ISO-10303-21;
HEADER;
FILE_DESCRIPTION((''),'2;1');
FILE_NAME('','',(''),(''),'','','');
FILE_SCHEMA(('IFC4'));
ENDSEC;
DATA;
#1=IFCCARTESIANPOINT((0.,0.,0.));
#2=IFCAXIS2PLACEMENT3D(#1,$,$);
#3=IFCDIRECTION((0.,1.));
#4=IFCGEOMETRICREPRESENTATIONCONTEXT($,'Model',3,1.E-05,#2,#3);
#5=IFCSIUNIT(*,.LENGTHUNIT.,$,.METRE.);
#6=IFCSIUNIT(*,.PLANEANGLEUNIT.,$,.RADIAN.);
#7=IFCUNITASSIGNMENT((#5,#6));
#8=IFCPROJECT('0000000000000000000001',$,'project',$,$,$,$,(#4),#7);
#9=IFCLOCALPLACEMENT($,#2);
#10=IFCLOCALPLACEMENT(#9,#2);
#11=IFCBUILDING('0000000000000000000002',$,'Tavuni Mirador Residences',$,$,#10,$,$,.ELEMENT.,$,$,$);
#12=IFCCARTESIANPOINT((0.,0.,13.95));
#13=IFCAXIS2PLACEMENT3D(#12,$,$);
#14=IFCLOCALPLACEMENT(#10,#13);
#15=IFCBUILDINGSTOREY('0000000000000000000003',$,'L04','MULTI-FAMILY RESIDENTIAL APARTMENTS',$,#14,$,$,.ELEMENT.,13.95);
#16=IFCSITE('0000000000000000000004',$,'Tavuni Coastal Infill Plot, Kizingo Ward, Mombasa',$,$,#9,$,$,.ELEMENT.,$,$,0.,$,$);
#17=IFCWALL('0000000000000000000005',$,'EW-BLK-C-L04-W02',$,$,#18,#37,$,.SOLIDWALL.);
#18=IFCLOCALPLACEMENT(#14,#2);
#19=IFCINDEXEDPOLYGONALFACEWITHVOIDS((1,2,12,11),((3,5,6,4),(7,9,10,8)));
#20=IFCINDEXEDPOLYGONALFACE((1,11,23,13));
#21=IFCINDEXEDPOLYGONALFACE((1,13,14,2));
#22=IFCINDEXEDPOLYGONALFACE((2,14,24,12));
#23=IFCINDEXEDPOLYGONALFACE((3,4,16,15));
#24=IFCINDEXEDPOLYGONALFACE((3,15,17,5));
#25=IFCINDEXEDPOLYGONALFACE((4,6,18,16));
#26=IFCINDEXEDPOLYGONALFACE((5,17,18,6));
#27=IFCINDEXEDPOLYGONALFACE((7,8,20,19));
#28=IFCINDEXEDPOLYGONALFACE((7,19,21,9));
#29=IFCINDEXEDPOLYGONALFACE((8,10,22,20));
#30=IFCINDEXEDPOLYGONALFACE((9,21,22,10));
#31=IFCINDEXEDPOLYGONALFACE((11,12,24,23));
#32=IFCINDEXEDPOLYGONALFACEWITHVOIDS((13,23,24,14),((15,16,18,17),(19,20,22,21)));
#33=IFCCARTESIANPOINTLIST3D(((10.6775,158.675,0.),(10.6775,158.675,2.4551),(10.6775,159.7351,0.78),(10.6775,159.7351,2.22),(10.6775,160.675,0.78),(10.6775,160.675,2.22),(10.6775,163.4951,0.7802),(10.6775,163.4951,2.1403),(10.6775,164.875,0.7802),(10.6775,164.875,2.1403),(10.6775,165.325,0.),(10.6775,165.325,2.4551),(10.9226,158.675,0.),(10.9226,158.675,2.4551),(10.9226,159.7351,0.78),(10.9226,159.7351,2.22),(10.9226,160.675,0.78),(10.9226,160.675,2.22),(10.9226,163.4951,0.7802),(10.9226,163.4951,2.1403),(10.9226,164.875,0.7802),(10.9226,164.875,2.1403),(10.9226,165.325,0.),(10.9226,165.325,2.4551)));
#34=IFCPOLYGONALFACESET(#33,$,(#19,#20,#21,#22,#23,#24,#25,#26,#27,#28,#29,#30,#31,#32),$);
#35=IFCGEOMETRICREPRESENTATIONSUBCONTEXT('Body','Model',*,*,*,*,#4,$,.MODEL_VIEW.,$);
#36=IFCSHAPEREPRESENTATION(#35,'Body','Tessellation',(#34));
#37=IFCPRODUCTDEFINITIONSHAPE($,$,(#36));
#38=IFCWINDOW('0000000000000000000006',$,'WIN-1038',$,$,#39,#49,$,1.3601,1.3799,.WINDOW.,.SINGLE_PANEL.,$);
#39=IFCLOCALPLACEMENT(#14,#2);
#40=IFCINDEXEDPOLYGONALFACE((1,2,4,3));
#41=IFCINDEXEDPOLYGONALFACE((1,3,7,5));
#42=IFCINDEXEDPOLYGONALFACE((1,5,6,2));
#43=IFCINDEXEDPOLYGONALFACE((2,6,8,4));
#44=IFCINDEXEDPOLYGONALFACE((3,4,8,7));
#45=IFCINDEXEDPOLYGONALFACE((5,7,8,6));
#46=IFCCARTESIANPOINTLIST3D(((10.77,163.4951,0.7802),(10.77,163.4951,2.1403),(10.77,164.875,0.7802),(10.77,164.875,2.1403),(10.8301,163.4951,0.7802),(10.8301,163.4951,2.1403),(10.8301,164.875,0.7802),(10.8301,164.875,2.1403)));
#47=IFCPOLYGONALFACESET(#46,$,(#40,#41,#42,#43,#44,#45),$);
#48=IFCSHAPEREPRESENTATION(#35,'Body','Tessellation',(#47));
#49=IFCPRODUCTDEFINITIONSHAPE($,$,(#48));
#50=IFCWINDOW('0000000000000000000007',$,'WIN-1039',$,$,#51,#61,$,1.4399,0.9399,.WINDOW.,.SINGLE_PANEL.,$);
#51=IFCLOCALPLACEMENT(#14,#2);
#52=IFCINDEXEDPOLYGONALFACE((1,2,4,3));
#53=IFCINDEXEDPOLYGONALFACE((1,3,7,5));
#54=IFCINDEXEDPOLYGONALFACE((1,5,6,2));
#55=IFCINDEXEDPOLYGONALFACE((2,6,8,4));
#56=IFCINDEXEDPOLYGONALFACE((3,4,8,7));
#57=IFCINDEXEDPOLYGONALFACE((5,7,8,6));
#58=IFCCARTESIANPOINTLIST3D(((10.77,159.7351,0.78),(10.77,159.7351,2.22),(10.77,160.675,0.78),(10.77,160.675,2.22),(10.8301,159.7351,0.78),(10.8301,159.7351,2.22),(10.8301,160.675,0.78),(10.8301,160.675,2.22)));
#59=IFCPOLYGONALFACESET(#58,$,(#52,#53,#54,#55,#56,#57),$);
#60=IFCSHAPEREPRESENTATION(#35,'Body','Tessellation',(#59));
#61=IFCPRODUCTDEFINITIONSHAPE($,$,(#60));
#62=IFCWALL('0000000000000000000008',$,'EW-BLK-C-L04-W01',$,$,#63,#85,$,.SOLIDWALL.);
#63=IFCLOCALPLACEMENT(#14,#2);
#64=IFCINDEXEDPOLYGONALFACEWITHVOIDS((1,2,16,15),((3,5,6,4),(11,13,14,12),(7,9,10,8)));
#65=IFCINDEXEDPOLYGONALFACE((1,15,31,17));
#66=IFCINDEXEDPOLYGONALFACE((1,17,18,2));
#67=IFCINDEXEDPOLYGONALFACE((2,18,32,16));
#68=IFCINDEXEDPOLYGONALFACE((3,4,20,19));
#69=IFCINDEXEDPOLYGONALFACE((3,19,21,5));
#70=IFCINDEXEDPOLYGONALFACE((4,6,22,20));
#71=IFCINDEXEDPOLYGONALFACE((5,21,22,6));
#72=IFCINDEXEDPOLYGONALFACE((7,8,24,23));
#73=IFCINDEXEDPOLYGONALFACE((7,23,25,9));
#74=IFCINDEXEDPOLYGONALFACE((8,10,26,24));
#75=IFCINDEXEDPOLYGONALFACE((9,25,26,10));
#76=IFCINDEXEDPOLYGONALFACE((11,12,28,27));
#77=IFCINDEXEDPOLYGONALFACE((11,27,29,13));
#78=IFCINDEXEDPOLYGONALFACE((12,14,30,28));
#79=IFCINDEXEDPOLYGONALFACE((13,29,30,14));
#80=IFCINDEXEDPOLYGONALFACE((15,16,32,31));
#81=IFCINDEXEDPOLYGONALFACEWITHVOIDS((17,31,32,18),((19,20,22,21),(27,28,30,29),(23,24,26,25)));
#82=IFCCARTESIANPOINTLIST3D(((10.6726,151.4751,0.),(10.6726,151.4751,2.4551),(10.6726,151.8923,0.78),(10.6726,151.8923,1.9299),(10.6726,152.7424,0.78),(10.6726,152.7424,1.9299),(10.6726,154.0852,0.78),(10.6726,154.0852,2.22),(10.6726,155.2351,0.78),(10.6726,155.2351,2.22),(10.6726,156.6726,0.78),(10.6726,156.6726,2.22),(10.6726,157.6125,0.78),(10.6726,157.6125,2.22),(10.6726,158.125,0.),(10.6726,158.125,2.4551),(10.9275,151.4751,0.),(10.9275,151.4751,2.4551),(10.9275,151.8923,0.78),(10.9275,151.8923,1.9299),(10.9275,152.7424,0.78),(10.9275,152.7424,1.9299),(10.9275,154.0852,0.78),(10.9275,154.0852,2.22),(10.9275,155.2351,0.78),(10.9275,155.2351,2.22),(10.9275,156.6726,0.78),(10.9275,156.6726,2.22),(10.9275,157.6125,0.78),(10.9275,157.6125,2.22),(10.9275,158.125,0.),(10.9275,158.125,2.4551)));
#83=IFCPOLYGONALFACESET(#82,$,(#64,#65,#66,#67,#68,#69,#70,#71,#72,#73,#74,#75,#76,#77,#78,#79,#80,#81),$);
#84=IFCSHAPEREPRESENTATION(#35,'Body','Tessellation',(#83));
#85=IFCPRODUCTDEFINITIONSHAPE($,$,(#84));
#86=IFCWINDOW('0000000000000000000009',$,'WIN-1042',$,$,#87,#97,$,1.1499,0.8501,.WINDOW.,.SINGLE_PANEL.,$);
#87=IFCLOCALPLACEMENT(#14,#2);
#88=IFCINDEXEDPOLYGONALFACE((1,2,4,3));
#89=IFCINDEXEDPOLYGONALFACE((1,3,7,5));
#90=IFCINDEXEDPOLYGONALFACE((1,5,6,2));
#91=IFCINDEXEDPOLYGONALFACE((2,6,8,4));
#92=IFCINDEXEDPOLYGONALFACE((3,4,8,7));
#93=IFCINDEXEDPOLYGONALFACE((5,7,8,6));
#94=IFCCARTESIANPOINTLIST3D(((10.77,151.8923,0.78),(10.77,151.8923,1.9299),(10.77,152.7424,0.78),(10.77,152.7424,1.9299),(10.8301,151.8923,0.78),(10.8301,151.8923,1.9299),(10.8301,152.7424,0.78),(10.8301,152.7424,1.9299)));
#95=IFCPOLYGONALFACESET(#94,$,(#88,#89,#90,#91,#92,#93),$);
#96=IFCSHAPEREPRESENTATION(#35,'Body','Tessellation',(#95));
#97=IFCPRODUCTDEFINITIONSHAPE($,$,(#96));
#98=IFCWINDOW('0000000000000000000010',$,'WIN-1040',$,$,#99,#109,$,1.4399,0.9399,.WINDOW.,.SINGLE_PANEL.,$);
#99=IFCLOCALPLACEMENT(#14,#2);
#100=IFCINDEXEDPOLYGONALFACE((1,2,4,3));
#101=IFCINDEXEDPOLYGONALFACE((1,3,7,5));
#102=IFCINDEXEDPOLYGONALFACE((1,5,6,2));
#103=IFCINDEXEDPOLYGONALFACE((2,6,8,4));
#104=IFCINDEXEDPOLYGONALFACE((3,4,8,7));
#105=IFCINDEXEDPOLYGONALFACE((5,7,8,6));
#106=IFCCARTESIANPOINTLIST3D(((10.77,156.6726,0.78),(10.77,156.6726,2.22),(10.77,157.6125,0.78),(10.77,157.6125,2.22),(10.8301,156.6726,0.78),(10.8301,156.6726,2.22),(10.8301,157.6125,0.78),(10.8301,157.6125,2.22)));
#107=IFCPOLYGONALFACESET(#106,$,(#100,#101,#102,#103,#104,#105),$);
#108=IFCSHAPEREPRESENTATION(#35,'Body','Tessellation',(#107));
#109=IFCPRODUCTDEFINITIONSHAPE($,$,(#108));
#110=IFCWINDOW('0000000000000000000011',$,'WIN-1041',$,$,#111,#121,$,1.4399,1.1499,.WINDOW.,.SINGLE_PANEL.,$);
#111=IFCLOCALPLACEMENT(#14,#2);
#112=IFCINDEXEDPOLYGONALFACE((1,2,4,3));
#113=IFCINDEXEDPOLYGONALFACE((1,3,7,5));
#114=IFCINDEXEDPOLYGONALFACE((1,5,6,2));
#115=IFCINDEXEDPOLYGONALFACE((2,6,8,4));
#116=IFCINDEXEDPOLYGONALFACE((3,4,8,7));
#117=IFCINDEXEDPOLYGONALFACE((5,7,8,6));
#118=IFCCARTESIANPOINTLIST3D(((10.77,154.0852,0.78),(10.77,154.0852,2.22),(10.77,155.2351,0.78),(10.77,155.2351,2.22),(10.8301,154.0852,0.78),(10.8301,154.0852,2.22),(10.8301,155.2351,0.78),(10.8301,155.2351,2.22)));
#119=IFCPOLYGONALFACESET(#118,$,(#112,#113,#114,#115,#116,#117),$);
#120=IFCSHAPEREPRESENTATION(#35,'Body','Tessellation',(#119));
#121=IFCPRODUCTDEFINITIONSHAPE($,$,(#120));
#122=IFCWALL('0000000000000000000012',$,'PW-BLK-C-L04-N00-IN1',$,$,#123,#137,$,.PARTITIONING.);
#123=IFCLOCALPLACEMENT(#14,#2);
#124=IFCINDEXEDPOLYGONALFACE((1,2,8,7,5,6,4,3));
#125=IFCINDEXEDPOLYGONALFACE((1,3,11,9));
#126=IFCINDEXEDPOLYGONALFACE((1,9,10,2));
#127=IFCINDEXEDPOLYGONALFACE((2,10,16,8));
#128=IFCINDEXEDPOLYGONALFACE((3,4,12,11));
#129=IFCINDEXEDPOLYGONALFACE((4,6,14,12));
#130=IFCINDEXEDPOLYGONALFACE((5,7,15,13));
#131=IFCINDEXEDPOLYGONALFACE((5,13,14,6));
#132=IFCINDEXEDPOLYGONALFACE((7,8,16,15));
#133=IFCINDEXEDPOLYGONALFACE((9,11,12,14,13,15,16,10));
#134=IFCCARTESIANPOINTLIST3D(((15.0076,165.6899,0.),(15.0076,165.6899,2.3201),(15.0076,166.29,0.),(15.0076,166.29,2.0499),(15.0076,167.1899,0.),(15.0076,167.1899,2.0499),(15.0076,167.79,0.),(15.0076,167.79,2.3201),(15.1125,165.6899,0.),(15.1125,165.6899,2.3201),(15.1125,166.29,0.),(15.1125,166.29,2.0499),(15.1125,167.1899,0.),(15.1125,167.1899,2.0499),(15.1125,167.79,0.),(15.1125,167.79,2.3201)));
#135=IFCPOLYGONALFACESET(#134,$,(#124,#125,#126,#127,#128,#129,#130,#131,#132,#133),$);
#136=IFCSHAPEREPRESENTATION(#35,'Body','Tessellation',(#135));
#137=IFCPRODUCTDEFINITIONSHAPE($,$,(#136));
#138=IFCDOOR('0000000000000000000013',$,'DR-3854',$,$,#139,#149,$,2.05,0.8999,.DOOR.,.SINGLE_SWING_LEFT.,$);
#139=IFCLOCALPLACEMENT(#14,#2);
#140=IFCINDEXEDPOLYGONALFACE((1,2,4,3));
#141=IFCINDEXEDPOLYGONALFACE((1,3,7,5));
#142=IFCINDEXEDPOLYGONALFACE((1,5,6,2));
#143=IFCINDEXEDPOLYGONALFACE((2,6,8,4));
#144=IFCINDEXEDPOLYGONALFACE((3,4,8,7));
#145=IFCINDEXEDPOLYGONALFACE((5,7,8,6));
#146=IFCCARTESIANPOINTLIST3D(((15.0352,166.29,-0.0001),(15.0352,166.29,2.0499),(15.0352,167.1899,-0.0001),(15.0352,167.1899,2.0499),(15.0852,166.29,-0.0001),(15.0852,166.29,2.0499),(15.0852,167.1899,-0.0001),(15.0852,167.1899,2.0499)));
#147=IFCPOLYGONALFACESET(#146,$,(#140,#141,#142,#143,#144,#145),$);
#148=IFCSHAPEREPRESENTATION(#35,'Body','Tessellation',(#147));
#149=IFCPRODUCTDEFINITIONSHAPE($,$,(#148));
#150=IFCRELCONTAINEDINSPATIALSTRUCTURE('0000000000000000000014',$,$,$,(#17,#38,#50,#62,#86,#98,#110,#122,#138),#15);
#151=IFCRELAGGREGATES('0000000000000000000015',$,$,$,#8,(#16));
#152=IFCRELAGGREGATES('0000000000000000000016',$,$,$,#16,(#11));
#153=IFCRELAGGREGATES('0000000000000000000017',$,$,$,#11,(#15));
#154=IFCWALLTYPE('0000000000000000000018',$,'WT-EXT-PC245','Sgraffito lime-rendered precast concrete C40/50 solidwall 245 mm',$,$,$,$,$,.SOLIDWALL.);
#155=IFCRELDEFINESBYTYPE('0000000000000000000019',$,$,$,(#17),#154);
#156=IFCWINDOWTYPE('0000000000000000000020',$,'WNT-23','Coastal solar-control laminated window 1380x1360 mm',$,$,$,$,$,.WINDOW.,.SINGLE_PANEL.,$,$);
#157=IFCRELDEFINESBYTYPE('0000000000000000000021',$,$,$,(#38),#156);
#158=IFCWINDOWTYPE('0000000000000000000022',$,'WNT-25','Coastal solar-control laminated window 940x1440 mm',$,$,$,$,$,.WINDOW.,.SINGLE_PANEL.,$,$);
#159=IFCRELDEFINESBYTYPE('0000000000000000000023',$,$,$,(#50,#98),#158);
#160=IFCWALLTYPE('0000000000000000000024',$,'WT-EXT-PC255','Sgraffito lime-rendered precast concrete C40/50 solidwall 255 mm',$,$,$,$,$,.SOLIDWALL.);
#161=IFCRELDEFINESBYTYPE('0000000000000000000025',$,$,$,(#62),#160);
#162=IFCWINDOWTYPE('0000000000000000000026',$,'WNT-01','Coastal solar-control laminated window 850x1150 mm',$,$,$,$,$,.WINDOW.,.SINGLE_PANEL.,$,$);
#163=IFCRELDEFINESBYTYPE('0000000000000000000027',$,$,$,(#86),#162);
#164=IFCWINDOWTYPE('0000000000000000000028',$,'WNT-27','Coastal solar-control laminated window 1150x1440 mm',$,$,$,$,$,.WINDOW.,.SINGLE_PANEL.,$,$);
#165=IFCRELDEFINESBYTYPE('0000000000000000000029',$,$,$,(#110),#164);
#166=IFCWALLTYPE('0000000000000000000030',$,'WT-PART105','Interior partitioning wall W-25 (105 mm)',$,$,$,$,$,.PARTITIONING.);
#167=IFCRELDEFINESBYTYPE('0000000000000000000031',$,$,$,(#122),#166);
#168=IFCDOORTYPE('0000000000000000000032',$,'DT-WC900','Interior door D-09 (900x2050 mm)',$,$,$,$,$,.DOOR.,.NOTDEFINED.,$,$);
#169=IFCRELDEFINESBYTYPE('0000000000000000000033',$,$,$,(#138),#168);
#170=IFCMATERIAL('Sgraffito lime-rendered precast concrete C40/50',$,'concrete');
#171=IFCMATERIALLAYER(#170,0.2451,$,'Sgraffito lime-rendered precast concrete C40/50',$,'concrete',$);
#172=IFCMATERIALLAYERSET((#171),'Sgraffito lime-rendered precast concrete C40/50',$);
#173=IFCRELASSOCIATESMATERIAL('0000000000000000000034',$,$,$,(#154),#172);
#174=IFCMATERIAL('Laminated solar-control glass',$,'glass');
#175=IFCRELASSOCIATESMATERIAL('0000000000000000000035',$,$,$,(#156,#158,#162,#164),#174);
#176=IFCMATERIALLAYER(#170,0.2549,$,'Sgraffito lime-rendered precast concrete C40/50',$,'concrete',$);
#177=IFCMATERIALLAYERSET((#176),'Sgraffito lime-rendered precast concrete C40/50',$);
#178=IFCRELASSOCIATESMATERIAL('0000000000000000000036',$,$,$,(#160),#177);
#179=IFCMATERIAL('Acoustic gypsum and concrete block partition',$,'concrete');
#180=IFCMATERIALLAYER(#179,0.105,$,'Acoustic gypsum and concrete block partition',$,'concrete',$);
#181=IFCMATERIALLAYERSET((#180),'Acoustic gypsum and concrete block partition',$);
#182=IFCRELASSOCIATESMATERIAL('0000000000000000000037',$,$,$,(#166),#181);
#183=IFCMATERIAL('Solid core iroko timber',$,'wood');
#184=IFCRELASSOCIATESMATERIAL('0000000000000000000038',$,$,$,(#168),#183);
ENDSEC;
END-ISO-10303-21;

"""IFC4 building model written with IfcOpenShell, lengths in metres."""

from ifc_helpers import new_model, si_unit, direction, frame, frame_2d, origin, place, context, subcontext, project, spatial, rectangle, extrude, material, layer, layer_set, type_object, element, fill, save


model = new_model("IFC4")

# Units and contexts
model_context = context("Model", 3, precision=1e-05, world=origin(), true_north=direction((0.0, 1.0)))
body_context = subcontext(model_context, "Body", "Model", "MODEL_VIEW")
ifc_project = project(units=[si_unit("LENGTHUNIT", "METRE"), si_unit("PLANEANGLEUNIT", "RADIAN")], contexts=[model_context])

# Site, building, storey
site_placement = place(None, origin())
site = spatial("IfcSite", under=ifc_project, at=site_placement, Name="Tavuni Coastal Infill Plot, Kizingo Ward, Mombasa", CompositionType="ELEMENT", RefElevation=0.0)
building_placement = place(site_placement, origin())
building = spatial("IfcBuilding", under=site, at=building_placement, Name="Tavuni Mirador Residences", CompositionType="ELEMENT")
storey_placement = place(building_placement, frame((0.0, 0.0, 13.95)))
storey = spatial("IfcBuildingStorey", under=building, at=storey_placement, Name="L04", Description="MULTI-FAMILY RESIDENTIAL APARTMENTS", CompositionType="ELEMENT", Elevation=13.95)

# Shared definitions
ifc_material_1 = material(Name="Solid core iroko timber", Category="wood")

# Walls, openings, windows
ifc_material_2 = material(Name="Sgraffito lime-rendered precast concrete C40/50", Category="concrete")
ifc_layer_1 = layer(ifc_material_2, 0.2451, Name="Sgraffito lime-rendered precast concrete C40/50", Category="concrete")
ifc_layer_set_1 = layer_set([ifc_layer_1], Name="Sgraffito lime-rendered precast concrete C40/50")
wall_type_1 = type_object("IfcWallType", Name="WT-EXT-PC245", Description="Sgraffito lime-rendered precast concrete C40/50 solidwall 245 mm", PredefinedType="SOLIDWALL", material=ifc_layer_set_1)
wall_1_placement = place(storey_placement, frame((10.8, 165.325, 0.0), z_axis=(0.0, 0.0, 1.0), x_axis=(0.0, -1.0, 0.0)))
wall_1 = element("IfcWall", 1, at=wall_1_placement, inside=storey, type_object=wall_type_1, Name="EW-BLK-C-L04-W02", PredefinedType="SOLIDWALL", context=body_context, shape_type="SweptSolid", body=[
    extrude(rectangle(XDim=6.6499, YDim=0.2451, at=frame_2d((3.325, 0.0))), origin(), (0.0, 0.0, 1.0), 2.4551),
])
opening_1_placement = place(wall_1_placement, frame((0.45, 0.0, 0.78)))
opening_1 = element("IfcOpeningElement", 2, at=opening_1_placement, cuts=wall_1, PredefinedType="OPENING", context=body_context, shape_type="SweptSolid", body=[
    extrude(rectangle(XDim=1.3799, YDim=1.3601, at=frame_2d((0.6899, 0.6802))), frame((0.0, 0.1326, 0.0), z_axis=(0.0, -1.0, 0.0), x_axis=(1.0, 0.0, 0.0)), (0.0, 0.0, 1.0), 0.2651),
])
opening_2_placement = place(wall_1_placement, frame((4.6499, 0.0, 0.78)))
opening_2 = element("IfcOpeningElement", 3, at=opening_2_placement, cuts=wall_1, PredefinedType="OPENING", context=body_context, shape_type="SweptSolid", body=[
    extrude(rectangle(XDim=0.9399, YDim=1.4399, at=frame_2d((0.47, 0.72))), frame((0.0, 0.1326, 0.0), z_axis=(0.0, -1.0, 0.0), x_axis=(1.0, 0.0, 0.0)), (0.0, 0.0, 1.0), 0.2651),
])
ifc_material_3 = material(Name="Laminated solar-control glass", Category="glass")
window_type_1 = type_object("IfcWindowType", Name="WNT-23", Description="Coastal solar-control laminated window 1380x1360 mm", PartitioningType="SINGLE_PANEL", PredefinedType="WINDOW", material=ifc_material_3)
window_1_placement = place(opening_1_placement, origin())
window_1 = element("IfcWindow", 4, at=window_1_placement, inside=storey, type_object=window_type_1, Name="WIN-1038", OverallHeight=1.3601, OverallWidth=1.3799, PartitioningType="SINGLE_PANEL", PredefinedType="WINDOW", context=body_context, shape_type="SweptSolid", body=[
    extrude(rectangle(XDim=1.3799, YDim=1.3601, at=frame_2d((0.6899, 0.6802))), frame((0.0, 0.03, 0.0), z_axis=(0.0, -1.0, 0.0), x_axis=(1.0, 0.0, 0.0)), (0.0, 0.0, 1.0), 0.0601),
])
fill(opening_1, window_1)
window_type_2 = type_object("IfcWindowType", Name="WNT-25", Description="Coastal solar-control laminated window 940x1440 mm", PartitioningType="SINGLE_PANEL", PredefinedType="WINDOW", material=ifc_material_3)
window_2_placement = place(opening_2_placement, origin())
window_2 = element("IfcWindow", 5, at=window_2_placement, inside=storey, type_object=window_type_2, Name="WIN-1039", OverallHeight=1.4399, OverallWidth=0.9399, PartitioningType="SINGLE_PANEL", PredefinedType="WINDOW", context=body_context, shape_type="SweptSolid", body=[
    extrude(rectangle(XDim=0.9399, YDim=1.4399, at=frame_2d((0.47, 0.72))), frame((0.0, 0.03, 0.0), z_axis=(0.0, -1.0, 0.0), x_axis=(1.0, 0.0, 0.0)), (0.0, 0.0, 1.0), 0.0601),
])
fill(opening_2, window_2)
ifc_layer_2 = layer(ifc_material_2, 0.2549, Name="Sgraffito lime-rendered precast concrete C40/50", Category="concrete")
ifc_layer_set_2 = layer_set([ifc_layer_2], Name="Sgraffito lime-rendered precast concrete C40/50")
wall_type_2 = type_object("IfcWallType", Name="WT-EXT-PC255", Description="Sgraffito lime-rendered precast concrete C40/50 solidwall 255 mm", PredefinedType="SOLIDWALL", material=ifc_layer_set_2)
wall_2_placement = place(storey_placement, frame((10.8, 158.125, 0.0), z_axis=(0.0, 0.0, 1.0), x_axis=(0.0, -1.0, 0.0)))
wall_2 = element("IfcWall", 6, at=wall_2_placement, inside=storey, type_object=wall_type_2, Name="EW-BLK-C-L04-W01", PredefinedType="SOLIDWALL", context=body_context, shape_type="SweptSolid", body=[
    extrude(rectangle(XDim=6.6499, YDim=0.2549, at=frame_2d((3.325, 0.0))), origin(), (0.0, 0.0, 1.0), 2.4551),
])
opening_3_placement = place(wall_2_placement, frame((0.5125, 0.0, 0.78)))
opening_3 = element("IfcOpeningElement", 7, at=opening_3_placement, cuts=wall_2, PredefinedType="OPENING", context=body_context, shape_type="SweptSolid", body=[
    extrude(rectangle(XDim=0.9399, YDim=1.4399, at=frame_2d((0.47, 0.72))), frame((0.0, 0.1375, 0.0), z_axis=(0.0, -1.0, 0.0), x_axis=(1.0, 0.0, 0.0)), (0.0, 0.0, 1.0), 0.2749),
])
opening_4_placement = place(wall_2_placement, frame((2.8899, 0.0, 0.78)))
opening_4 = element("IfcOpeningElement", 8, at=opening_4_placement, cuts=wall_2, PredefinedType="OPENING", context=body_context, shape_type="SweptSolid", body=[
    extrude(rectangle(XDim=1.1499, YDim=1.4399, at=frame_2d((0.575, 0.72))), frame((0.0, 0.1375, 0.0), z_axis=(0.0, -1.0, 0.0), x_axis=(1.0, 0.0, 0.0)), (0.0, 0.0, 1.0), 0.2749),
])
opening_5_placement = place(wall_2_placement, frame((5.3826, 0.0, 0.78)))
opening_5 = element("IfcOpeningElement", 9, at=opening_5_placement, cuts=wall_2, PredefinedType="OPENING", context=body_context, shape_type="SweptSolid", body=[
    extrude(rectangle(XDim=0.8501, YDim=1.1499, at=frame_2d((0.425, 0.575))), frame((0.0, 0.1375, 0.0), z_axis=(0.0, -1.0, 0.0), x_axis=(1.0, 0.0, 0.0)), (0.0, 0.0, 1.0), 0.2749),
])
window_type_3 = type_object("IfcWindowType", Name="WNT-01", Description="Coastal solar-control laminated window 850x1150 mm", PartitioningType="SINGLE_PANEL", PredefinedType="WINDOW", material=ifc_material_3)
window_3_placement = place(opening_5_placement, origin())
window_3 = element("IfcWindow", 10, at=window_3_placement, inside=storey, type_object=window_type_3, Name="WIN-1042", OverallHeight=1.1499, OverallWidth=0.8501, PartitioningType="SINGLE_PANEL", PredefinedType="WINDOW", context=body_context, shape_type="SweptSolid", body=[
    extrude(rectangle(XDim=0.8501, YDim=1.1499, at=frame_2d((0.425, 0.575))), frame((0.0, 0.03, 0.0), z_axis=(0.0, -1.0, 0.0), x_axis=(1.0, 0.0, 0.0)), (0.0, 0.0, 1.0), 0.0601),
])
fill(opening_5, window_3)
window_4_placement = place(opening_3_placement, origin())
window_4 = element("IfcWindow", 11, at=window_4_placement, inside=storey, type_object=window_type_2, Name="WIN-1040", OverallHeight=1.4399, OverallWidth=0.9399, PartitioningType="SINGLE_PANEL", PredefinedType="WINDOW", context=body_context, shape_type="SweptSolid", body=[
    extrude(rectangle(XDim=0.9399, YDim=1.4399, at=frame_2d((0.47, 0.72))), frame((0.0, 0.03, 0.0), z_axis=(0.0, -1.0, 0.0), x_axis=(1.0, 0.0, 0.0)), (0.0, 0.0, 1.0), 0.0601),
])
fill(opening_3, window_4)
window_type_4 = type_object("IfcWindowType", Name="WNT-27", Description="Coastal solar-control laminated window 1150x1440 mm", PartitioningType="SINGLE_PANEL", PredefinedType="WINDOW", material=ifc_material_3)
window_5_placement = place(opening_4_placement, origin())
window_5 = element("IfcWindow", 12, at=window_5_placement, inside=storey, type_object=window_type_4, Name="WIN-1041", OverallHeight=1.4399, OverallWidth=1.1499, PartitioningType="SINGLE_PANEL", PredefinedType="WINDOW", context=body_context, shape_type="SweptSolid", body=[
    extrude(rectangle(XDim=1.1499, YDim=1.4399, at=frame_2d((0.575, 0.72))), frame((0.0, 0.03, 0.0), z_axis=(0.0, -1.0, 0.0), x_axis=(1.0, 0.0, 0.0)), (0.0, 0.0, 1.0), 0.0601),
])
fill(opening_4, window_5)

# Wall, opening, door
ifc_material_4 = material(Name="Acoustic gypsum and concrete block partition", Category="concrete")
ifc_layer_3 = layer(ifc_material_4, 0.105, Name="Acoustic gypsum and concrete block partition", Category="concrete")
ifc_layer_set_3 = layer_set([ifc_layer_3], Name="Acoustic gypsum and concrete block partition")
wall_type_3 = type_object("IfcWallType", Name="WT-PART105", Description="Interior partitioning wall W-25 (105 mm)", PredefinedType="PARTITIONING", material=ifc_layer_set_3)
wall_3_placement = place(storey_placement, frame((15.0601, 165.6899, 0.0), z_axis=(0.0, 0.0, 1.0), x_axis=(0.0, 1.0, 0.0)))
wall_3 = element("IfcWall", 13, at=wall_3_placement, inside=storey, type_object=wall_type_3, Name="PW-BLK-C-L04-N00-IN1", PredefinedType="PARTITIONING", context=body_context, shape_type="SweptSolid", body=[
    extrude(rectangle(XDim=2.1001, YDim=0.105, at=frame_2d((1.05, 0.0))), origin(), (0.0, 0.0, 1.0), 2.3201),
])
opening_6_placement = place(wall_3_placement, frame((0.6001, 0.0, 0.0)))
opening_6 = element("IfcOpeningElement", 14, at=opening_6_placement, cuts=wall_3, PredefinedType="OPENING", context=body_context, shape_type="SweptSolid", body=[
    extrude(rectangle(XDim=0.8999, YDim=2.05, at=frame_2d((0.45, 1.0249))), frame((0.0, 0.0625, 0.0), z_axis=(0.0, -1.0, 0.0), x_axis=(1.0, 0.0, 0.0)), (0.0, 0.0, 1.0), 0.125),
])
door_type_1 = type_object("IfcDoorType", Name="DT-WC900", Description="Interior door D-09 (900x2050 mm)", OperationType="NOTDEFINED", PredefinedType="DOOR", material=ifc_material_1)
door_1_placement = place(opening_6_placement, origin())
door_1 = element("IfcDoor", 15, at=door_1_placement, inside=storey, type_object=door_type_1, Name="DR-3854", OperationType="SINGLE_SWING_LEFT", OverallHeight=2.05, OverallWidth=0.8999, PredefinedType="DOOR", context=body_context, shape_type="SweptSolid", body=[
    extrude(rectangle(XDim=0.8999, YDim=2.05, at=frame_2d((0.45, 1.0249))), frame((0.0, 0.0249, 0.0), z_axis=(0.0, -1.0, 0.0), x_axis=(1.0, 0.0, 0.0)), (0.0, 0.0, 1.0), 0.05),
])
fill(opening_6, door_1)

save(model, "model.ifc")
